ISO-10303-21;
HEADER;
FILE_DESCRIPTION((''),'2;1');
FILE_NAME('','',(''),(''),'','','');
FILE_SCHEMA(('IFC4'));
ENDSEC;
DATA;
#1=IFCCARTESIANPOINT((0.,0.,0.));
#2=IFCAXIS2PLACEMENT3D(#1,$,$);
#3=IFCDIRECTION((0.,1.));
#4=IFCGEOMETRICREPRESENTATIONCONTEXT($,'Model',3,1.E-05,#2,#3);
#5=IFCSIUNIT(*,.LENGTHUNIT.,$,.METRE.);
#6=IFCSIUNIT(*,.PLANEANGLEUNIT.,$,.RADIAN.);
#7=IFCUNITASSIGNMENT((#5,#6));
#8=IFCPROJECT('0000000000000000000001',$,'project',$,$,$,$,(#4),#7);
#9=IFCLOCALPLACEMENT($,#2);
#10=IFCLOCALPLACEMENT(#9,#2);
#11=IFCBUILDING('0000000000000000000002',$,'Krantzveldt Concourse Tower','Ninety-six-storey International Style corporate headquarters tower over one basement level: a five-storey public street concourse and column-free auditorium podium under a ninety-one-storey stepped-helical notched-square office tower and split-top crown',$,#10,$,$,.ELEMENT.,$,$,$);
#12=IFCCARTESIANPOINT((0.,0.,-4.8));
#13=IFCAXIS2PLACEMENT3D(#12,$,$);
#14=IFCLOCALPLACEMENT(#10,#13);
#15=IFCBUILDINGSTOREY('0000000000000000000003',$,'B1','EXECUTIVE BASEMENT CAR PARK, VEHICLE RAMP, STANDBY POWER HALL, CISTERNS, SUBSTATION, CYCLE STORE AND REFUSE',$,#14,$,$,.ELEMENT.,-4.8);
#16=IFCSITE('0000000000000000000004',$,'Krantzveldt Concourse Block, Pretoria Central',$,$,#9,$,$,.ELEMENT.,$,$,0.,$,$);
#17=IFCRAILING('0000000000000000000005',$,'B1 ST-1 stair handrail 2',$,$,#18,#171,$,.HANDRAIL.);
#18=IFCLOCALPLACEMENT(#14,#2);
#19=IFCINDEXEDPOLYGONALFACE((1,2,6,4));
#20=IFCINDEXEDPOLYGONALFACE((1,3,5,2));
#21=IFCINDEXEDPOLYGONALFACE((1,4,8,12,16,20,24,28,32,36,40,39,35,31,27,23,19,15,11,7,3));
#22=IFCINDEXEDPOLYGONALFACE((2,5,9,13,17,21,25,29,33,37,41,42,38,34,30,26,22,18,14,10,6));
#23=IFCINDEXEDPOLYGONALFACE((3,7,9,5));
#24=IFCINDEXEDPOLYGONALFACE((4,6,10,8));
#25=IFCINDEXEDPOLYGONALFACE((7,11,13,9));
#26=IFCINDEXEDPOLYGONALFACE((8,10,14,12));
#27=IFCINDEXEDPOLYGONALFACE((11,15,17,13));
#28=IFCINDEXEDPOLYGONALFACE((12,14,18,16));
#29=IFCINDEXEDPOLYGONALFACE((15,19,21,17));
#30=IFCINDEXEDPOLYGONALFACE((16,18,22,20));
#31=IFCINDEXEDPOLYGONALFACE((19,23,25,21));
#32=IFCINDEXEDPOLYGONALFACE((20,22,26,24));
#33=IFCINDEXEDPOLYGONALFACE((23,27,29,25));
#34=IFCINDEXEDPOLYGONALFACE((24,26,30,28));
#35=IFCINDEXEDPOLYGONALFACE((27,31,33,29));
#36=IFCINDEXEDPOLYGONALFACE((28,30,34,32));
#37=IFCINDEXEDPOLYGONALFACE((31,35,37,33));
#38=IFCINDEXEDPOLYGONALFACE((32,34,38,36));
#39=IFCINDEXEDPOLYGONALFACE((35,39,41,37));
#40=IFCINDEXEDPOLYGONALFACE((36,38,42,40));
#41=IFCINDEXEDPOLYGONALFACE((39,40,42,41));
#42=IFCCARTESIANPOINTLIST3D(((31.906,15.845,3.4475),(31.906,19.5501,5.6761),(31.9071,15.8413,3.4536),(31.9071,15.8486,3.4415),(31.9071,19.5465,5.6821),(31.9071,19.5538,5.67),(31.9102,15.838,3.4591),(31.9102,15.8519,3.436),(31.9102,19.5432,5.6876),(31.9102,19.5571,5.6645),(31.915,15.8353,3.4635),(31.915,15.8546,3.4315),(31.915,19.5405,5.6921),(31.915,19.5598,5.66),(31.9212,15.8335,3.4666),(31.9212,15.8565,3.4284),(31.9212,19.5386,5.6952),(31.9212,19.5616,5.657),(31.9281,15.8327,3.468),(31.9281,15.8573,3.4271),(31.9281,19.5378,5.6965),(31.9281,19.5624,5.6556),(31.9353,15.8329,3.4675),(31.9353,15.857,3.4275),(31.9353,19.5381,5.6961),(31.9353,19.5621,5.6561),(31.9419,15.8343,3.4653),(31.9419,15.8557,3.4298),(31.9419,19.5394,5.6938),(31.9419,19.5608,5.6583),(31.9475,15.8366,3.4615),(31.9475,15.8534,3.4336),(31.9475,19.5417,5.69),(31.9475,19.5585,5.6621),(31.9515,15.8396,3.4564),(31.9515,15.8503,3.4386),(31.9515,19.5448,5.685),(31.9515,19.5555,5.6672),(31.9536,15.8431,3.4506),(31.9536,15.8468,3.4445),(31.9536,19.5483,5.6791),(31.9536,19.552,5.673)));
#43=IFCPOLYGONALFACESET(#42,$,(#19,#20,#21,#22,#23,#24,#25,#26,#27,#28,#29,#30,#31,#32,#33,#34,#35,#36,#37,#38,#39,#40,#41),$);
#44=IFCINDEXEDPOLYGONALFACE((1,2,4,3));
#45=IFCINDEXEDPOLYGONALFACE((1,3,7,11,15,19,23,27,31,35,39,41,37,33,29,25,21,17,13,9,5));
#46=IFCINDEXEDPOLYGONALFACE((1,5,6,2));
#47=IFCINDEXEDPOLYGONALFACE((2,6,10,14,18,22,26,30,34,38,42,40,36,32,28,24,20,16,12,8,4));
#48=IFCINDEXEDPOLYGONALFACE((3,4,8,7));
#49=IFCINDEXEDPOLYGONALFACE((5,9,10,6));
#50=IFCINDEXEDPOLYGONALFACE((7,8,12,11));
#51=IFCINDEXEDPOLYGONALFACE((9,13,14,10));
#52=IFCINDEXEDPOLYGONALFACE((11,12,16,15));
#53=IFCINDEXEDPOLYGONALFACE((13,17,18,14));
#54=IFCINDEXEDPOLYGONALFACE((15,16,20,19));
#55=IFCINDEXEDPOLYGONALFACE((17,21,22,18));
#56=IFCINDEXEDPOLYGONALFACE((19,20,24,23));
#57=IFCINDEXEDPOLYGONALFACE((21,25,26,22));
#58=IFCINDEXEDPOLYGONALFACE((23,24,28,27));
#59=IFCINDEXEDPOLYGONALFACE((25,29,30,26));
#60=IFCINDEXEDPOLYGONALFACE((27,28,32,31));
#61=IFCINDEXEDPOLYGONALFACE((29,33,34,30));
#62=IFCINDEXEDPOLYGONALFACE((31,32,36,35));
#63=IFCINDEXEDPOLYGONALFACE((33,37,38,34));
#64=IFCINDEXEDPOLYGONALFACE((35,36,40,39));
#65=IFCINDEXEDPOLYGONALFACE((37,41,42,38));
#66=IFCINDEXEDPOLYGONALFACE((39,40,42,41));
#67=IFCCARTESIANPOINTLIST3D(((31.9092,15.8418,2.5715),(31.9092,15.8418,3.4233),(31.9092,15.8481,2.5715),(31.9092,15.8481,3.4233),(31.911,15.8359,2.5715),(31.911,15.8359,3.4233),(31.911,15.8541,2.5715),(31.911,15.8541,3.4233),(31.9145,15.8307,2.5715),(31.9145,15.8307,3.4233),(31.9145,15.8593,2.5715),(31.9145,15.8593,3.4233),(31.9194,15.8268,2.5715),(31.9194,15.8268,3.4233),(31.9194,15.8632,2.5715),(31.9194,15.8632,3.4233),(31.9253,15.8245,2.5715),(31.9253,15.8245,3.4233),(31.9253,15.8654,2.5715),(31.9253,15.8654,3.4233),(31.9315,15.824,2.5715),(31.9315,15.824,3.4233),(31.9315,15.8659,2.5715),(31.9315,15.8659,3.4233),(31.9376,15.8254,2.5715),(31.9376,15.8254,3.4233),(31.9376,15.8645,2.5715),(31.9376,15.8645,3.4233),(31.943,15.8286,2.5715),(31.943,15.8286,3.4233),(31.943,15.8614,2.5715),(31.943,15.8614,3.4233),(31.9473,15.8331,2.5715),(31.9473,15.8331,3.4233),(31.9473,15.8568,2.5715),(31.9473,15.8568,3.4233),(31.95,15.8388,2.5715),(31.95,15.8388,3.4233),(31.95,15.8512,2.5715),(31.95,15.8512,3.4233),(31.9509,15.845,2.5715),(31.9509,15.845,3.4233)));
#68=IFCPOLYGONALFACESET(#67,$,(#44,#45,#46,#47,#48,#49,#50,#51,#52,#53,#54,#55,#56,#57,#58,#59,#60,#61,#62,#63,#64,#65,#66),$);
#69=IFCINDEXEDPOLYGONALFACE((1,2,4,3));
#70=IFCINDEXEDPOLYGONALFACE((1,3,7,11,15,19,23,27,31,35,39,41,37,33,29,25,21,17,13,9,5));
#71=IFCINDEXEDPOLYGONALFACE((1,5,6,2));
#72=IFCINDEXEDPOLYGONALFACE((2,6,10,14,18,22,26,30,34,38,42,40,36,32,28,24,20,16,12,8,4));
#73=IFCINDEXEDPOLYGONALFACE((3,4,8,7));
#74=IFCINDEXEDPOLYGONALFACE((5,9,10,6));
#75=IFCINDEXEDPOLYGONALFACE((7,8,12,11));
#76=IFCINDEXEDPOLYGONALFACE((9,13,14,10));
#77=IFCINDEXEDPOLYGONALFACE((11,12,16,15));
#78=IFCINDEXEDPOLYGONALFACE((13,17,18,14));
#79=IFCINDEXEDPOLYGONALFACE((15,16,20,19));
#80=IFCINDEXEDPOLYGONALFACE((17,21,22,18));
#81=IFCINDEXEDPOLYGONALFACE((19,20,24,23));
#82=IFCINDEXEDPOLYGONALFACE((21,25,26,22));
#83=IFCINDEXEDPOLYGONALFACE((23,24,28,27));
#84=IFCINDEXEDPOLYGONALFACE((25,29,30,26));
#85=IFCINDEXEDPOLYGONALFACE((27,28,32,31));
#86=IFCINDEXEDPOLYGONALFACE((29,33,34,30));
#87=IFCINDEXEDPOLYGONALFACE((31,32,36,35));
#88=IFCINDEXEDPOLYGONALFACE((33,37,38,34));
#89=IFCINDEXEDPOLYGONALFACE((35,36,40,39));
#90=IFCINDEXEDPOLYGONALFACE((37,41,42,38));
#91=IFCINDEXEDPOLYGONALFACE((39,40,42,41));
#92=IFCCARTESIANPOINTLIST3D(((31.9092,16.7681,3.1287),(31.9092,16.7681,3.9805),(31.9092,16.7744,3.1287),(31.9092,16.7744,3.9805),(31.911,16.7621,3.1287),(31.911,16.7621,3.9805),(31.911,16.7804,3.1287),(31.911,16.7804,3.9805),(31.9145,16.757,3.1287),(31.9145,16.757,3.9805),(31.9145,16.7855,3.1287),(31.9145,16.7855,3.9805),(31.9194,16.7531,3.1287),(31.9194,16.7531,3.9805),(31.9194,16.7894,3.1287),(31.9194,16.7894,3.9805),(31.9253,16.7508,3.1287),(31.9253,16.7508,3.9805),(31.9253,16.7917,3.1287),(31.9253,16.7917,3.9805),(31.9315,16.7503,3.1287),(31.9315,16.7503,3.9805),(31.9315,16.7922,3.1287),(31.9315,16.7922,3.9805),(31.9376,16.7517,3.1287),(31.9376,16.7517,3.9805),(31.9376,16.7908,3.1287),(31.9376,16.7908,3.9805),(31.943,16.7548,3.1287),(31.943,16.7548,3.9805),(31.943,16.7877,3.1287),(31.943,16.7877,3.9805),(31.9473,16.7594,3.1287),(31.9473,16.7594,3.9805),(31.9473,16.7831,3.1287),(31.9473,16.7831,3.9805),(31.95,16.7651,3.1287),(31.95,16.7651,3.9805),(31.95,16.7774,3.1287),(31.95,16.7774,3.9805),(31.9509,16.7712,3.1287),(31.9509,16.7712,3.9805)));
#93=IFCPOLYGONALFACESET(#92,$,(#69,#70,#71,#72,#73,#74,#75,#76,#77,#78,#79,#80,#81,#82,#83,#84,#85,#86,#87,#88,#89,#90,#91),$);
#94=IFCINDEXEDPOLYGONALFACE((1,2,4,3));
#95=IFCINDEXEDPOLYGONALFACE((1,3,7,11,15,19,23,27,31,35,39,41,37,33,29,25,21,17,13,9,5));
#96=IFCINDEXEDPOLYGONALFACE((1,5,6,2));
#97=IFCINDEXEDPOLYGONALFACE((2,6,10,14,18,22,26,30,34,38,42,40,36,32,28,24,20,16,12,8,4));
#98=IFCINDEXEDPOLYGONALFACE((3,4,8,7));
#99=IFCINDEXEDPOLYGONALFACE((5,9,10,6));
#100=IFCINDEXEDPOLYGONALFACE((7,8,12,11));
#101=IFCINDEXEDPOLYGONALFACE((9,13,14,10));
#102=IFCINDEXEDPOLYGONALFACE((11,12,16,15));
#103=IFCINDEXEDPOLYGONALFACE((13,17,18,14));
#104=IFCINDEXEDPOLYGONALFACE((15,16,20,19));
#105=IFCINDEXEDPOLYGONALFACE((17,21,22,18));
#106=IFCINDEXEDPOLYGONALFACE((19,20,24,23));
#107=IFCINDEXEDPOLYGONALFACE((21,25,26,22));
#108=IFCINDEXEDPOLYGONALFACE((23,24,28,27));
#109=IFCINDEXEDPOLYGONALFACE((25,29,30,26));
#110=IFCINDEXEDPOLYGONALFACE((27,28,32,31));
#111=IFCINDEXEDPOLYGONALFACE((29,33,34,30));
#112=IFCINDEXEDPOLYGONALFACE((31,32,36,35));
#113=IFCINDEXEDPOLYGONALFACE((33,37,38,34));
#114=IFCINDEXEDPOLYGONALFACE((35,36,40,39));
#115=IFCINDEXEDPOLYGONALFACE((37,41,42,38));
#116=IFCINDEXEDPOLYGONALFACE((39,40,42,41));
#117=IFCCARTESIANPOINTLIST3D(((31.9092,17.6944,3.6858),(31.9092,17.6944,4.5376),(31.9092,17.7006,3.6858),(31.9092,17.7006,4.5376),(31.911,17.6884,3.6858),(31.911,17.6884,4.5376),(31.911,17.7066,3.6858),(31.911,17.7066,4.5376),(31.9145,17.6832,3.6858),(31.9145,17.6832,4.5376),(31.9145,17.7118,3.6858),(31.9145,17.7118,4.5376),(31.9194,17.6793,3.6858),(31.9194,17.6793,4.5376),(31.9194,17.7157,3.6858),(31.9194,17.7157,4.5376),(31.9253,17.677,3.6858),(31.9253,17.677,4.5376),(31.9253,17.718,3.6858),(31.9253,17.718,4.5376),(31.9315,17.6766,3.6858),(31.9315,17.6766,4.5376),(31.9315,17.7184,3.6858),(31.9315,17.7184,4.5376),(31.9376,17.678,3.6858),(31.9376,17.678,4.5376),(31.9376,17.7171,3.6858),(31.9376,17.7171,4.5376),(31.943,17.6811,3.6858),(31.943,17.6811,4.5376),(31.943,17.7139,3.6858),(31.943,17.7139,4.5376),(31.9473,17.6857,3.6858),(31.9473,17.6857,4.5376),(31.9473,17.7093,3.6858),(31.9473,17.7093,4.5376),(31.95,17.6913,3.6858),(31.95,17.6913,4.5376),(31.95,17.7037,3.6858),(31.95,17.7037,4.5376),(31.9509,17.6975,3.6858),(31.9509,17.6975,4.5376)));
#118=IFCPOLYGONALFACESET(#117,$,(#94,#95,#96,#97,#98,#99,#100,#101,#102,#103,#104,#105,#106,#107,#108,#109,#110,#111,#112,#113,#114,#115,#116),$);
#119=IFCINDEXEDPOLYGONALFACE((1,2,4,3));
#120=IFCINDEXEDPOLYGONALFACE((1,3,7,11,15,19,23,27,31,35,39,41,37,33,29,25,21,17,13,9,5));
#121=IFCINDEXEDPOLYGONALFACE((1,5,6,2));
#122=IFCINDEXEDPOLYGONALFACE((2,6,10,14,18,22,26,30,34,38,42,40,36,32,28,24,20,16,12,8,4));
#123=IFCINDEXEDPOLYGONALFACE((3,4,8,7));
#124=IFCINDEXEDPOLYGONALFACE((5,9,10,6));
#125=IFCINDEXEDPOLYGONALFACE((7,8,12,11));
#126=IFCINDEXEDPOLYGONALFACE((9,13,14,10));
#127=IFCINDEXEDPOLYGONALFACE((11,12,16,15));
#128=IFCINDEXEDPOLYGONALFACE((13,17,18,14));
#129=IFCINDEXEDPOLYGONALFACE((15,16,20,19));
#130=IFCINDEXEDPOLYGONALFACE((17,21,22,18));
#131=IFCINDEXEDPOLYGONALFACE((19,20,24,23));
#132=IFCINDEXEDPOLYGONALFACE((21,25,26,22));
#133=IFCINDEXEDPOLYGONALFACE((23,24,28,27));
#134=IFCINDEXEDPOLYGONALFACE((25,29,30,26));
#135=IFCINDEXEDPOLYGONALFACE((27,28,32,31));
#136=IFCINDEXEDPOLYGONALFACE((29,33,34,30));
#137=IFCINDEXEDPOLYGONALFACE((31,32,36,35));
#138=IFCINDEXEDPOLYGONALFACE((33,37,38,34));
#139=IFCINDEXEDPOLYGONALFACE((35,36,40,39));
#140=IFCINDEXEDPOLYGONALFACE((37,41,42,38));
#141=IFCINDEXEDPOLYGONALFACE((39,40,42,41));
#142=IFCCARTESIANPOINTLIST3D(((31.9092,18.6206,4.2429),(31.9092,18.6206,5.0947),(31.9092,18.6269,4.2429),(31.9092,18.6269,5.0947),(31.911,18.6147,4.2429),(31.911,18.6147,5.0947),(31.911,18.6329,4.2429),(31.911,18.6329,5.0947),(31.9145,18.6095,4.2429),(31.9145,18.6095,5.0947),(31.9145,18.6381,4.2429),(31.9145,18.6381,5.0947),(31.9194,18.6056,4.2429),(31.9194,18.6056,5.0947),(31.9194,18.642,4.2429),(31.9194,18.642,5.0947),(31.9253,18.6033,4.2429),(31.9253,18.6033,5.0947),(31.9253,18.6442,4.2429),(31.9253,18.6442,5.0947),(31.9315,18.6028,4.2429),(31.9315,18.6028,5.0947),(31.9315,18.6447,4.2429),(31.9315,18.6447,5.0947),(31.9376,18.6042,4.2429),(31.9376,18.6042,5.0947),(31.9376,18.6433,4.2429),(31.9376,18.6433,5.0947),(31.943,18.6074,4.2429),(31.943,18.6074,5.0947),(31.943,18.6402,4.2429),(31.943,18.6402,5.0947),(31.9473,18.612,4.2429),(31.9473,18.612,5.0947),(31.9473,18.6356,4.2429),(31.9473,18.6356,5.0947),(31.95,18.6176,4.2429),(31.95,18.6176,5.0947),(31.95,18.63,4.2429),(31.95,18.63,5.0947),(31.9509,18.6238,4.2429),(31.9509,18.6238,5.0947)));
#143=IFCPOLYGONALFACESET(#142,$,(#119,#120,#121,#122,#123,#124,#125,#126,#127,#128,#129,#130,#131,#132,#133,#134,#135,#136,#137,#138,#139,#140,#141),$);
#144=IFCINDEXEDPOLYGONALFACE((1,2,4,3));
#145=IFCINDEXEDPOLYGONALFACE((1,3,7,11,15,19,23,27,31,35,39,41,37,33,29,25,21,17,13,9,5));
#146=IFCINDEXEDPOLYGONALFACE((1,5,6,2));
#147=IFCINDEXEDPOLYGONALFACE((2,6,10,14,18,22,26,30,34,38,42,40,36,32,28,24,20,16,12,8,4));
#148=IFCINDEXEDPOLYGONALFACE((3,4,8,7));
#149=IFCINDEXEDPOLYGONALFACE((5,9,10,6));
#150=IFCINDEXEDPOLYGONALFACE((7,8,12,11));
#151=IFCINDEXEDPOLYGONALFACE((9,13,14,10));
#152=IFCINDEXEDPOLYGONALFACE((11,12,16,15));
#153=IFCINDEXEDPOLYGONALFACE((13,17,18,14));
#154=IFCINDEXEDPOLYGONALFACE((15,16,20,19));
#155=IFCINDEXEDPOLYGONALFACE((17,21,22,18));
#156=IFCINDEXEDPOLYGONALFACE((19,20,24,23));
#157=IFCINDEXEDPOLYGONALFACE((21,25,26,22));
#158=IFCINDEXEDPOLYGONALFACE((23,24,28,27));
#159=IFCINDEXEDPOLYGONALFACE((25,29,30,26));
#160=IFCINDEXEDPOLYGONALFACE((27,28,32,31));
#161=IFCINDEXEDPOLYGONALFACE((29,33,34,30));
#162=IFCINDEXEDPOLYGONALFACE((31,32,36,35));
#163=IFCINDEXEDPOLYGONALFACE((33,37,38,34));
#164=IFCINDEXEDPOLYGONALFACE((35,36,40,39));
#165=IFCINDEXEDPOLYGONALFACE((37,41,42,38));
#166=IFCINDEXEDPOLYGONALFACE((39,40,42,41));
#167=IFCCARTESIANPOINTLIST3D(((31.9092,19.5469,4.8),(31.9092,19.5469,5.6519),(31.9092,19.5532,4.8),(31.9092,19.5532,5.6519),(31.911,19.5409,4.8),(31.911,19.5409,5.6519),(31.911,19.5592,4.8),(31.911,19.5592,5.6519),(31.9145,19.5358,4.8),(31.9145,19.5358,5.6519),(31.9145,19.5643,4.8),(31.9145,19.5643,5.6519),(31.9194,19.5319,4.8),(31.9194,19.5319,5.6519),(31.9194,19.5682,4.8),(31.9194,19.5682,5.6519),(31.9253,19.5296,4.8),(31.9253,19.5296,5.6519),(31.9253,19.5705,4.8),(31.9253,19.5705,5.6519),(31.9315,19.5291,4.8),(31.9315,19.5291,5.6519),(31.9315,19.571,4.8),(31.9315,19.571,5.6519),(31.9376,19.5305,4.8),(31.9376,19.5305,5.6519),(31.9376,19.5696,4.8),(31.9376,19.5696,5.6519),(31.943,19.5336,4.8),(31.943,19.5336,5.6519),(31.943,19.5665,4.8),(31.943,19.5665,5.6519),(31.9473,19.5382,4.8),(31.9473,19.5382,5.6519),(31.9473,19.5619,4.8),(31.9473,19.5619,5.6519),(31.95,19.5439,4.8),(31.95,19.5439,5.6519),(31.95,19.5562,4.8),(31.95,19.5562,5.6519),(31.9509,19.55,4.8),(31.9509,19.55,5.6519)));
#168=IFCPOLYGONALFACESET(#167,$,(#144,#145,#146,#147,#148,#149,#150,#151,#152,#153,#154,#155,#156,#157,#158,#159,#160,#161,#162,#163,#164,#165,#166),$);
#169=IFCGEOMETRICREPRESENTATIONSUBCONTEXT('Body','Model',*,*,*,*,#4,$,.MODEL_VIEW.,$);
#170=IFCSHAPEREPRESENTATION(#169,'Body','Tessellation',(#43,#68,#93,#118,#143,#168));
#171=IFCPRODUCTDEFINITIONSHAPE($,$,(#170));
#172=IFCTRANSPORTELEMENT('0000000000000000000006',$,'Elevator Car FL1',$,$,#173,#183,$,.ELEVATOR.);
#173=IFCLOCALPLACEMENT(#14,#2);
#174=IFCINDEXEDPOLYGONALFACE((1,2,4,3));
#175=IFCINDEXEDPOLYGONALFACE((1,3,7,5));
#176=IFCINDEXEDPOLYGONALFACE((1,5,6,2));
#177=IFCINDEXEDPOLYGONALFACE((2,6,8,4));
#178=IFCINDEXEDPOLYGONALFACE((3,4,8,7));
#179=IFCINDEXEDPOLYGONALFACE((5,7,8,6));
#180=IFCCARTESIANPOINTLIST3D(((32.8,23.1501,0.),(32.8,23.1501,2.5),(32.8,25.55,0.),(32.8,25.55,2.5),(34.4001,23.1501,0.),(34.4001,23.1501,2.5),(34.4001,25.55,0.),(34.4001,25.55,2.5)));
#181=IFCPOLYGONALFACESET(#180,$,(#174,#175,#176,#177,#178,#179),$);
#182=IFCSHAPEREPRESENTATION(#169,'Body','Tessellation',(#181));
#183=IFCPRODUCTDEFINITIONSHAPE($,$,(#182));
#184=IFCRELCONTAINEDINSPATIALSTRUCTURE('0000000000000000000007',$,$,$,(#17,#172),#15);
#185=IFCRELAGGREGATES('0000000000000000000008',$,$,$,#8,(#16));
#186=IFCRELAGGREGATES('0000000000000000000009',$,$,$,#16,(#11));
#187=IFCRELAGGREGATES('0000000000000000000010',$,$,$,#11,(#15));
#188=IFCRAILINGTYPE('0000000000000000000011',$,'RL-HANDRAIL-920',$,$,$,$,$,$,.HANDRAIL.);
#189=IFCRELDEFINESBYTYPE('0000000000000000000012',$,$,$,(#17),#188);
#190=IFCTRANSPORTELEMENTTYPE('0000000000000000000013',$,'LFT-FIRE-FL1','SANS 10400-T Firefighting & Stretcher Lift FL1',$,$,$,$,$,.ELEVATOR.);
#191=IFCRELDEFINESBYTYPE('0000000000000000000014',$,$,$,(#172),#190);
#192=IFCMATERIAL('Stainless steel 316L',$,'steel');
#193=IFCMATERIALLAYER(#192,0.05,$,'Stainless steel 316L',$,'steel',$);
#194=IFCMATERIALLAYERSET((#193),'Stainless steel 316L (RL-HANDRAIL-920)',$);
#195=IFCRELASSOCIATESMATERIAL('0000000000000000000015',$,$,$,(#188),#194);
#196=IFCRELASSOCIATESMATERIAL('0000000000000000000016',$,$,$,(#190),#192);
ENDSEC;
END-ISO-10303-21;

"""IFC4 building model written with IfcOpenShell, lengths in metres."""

from ifc_helpers import new_model, si_unit, direction, frame, origin, origin_2d, place, context, subcontext, project, spatial, rectangle, circle, extrude, source, transform, mapped, material, layer, layer_set, type_object, type_shapes, element, save


model = new_model("IFC4")

# Units and contexts
model_context = context("Model", 3, precision=1e-05, world=origin(), true_north=direction((0.0, 1.0)))
body_context = subcontext(model_context, "Body", "Model", "MODEL_VIEW")
ifc_project = project(units=[si_unit("LENGTHUNIT", "METRE"), si_unit("PLANEANGLEUNIT", "RADIAN")], contexts=[model_context])

# Site, building, storey
site_placement = place(None, origin())
site = spatial("IfcSite", under=ifc_project, at=site_placement, Name="Krantzveldt Concourse Block, Pretoria Central", CompositionType="ELEMENT", RefElevation=0.0)
building_placement = place(site_placement, origin())
building = spatial("IfcBuilding", under=site, at=building_placement, Name="Krantzveldt Concourse Tower", Description="Ninety-six-storey International Style corporate headquarters tower over one basement level: a five-storey public street concourse and column-free auditorium podium under a ninety-one-storey stepped-helical notched-square office tower and split-top crown", CompositionType="ELEMENT")
storey_placement = place(building_placement, frame((0.0, 0.0, -4.8)))
storey = spatial("IfcBuildingStorey", under=building, at=storey_placement, Name="B1", Description="EXECUTIVE BASEMENT CAR PARK, VEHICLE RAMP, STANDBY POWER HALL, CISTERNS, SUBSTATION, CYCLE STORE AND REFUSE", CompositionType="ELEMENT", Elevation=-4.8)

# Railing
ifc_material_1 = material(Name="Stainless steel 316L", Category="steel")
ifc_layer_1 = layer(ifc_material_1, 0.05, Name="Stainless steel 316L", Category="steel")
ifc_layer_set_1 = layer_set([ifc_layer_1], Name="Stainless steel 316L (RL-HANDRAIL-920)")
railing_type_1 = type_object("IfcRailingType", Name="RL-HANDRAIL-920", PredefinedType="HANDRAIL", material=ifc_layer_set_1)
railing_1_placement = place(storey_placement, frame((31.9299, 15.845, 2.5715)))
element("IfcRailing", 1, at=railing_1_placement, inside=storey, type_object=railing_type_1, Name="B1 ST-1 stair handrail 2", PredefinedType="HANDRAIL", context=body_context, shape_type="SweptSolid", body=[
    extrude(circle(Radius=0.0239, at=origin_2d()), frame((0.0, 0.0, 0.876), z_axis=(0.0, 0.856934, 0.515425), x_axis=(-1.0, 0.0, 0.0)), (0.0, 0.0, 1.0), 4.3237),
    extrude(circle(Radius=0.021, at=origin_2d()), origin(), (0.0, 0.0, 1.0), 0.8518),
    extrude(circle(Radius=0.021, at=origin_2d()), frame((0.0, 0.9263, 0.5571)), (0.0, 0.0, 1.0), 0.8518),
    extrude(circle(Radius=0.021, at=origin_2d()), frame((0.0, 1.8525, 1.1143)), (0.0, 0.0, 1.0), 0.8518),
    extrude(circle(Radius=0.021, at=origin_2d()), frame((0.0, 2.7788, 1.6714)), (0.0, 0.0, 1.0), 0.8518),
    extrude(circle(Radius=0.021, at=origin_2d()), frame((0.0, 3.7051, 2.2285)), (0.0, 0.0, 1.0), 0.8518),
])

# Transport element
transport_element_type = type_object("IfcTransportElementType", Name="LFT-FIRE-FL1", Description="SANS 10400-T Firefighting & Stretcher Lift FL1", PredefinedType="ELEVATOR", material=ifc_material_1)
shared_shape_1 = source(origin(), body_context, "Body", "SweptSolid", [
    extrude(rectangle(XDim=1.6001, YDim=2.3999, at=origin_2d()), origin(), (0.0, 0.0, 1.0), 2.5),
])
type_shapes(transport_element_type, [shared_shape_1])
transport_element_placement = place(storey_placement, frame((33.6001, 24.3501, 0.0), z_axis=(0.0, 0.0, 1.0), x_axis=(1.0, 0.0, 0.0)))
element("IfcTransportElement", 2, at=transport_element_placement, inside=storey, type_object=transport_element_type, Name="Elevator Car FL1", PredefinedType="ELEVATOR", context=body_context, shape_type="MappedRepresentation", body=[
    mapped(shared_shape_1, transform((0.0, 0.0, 0.0), x_axis=(1.0, 0.0, 0.0), y_axis=(0.0, 1.0, 0.0), z_axis=(0.0, 0.0, 1.0), scale=1.0)),
])

save(model, "model.ifc")
